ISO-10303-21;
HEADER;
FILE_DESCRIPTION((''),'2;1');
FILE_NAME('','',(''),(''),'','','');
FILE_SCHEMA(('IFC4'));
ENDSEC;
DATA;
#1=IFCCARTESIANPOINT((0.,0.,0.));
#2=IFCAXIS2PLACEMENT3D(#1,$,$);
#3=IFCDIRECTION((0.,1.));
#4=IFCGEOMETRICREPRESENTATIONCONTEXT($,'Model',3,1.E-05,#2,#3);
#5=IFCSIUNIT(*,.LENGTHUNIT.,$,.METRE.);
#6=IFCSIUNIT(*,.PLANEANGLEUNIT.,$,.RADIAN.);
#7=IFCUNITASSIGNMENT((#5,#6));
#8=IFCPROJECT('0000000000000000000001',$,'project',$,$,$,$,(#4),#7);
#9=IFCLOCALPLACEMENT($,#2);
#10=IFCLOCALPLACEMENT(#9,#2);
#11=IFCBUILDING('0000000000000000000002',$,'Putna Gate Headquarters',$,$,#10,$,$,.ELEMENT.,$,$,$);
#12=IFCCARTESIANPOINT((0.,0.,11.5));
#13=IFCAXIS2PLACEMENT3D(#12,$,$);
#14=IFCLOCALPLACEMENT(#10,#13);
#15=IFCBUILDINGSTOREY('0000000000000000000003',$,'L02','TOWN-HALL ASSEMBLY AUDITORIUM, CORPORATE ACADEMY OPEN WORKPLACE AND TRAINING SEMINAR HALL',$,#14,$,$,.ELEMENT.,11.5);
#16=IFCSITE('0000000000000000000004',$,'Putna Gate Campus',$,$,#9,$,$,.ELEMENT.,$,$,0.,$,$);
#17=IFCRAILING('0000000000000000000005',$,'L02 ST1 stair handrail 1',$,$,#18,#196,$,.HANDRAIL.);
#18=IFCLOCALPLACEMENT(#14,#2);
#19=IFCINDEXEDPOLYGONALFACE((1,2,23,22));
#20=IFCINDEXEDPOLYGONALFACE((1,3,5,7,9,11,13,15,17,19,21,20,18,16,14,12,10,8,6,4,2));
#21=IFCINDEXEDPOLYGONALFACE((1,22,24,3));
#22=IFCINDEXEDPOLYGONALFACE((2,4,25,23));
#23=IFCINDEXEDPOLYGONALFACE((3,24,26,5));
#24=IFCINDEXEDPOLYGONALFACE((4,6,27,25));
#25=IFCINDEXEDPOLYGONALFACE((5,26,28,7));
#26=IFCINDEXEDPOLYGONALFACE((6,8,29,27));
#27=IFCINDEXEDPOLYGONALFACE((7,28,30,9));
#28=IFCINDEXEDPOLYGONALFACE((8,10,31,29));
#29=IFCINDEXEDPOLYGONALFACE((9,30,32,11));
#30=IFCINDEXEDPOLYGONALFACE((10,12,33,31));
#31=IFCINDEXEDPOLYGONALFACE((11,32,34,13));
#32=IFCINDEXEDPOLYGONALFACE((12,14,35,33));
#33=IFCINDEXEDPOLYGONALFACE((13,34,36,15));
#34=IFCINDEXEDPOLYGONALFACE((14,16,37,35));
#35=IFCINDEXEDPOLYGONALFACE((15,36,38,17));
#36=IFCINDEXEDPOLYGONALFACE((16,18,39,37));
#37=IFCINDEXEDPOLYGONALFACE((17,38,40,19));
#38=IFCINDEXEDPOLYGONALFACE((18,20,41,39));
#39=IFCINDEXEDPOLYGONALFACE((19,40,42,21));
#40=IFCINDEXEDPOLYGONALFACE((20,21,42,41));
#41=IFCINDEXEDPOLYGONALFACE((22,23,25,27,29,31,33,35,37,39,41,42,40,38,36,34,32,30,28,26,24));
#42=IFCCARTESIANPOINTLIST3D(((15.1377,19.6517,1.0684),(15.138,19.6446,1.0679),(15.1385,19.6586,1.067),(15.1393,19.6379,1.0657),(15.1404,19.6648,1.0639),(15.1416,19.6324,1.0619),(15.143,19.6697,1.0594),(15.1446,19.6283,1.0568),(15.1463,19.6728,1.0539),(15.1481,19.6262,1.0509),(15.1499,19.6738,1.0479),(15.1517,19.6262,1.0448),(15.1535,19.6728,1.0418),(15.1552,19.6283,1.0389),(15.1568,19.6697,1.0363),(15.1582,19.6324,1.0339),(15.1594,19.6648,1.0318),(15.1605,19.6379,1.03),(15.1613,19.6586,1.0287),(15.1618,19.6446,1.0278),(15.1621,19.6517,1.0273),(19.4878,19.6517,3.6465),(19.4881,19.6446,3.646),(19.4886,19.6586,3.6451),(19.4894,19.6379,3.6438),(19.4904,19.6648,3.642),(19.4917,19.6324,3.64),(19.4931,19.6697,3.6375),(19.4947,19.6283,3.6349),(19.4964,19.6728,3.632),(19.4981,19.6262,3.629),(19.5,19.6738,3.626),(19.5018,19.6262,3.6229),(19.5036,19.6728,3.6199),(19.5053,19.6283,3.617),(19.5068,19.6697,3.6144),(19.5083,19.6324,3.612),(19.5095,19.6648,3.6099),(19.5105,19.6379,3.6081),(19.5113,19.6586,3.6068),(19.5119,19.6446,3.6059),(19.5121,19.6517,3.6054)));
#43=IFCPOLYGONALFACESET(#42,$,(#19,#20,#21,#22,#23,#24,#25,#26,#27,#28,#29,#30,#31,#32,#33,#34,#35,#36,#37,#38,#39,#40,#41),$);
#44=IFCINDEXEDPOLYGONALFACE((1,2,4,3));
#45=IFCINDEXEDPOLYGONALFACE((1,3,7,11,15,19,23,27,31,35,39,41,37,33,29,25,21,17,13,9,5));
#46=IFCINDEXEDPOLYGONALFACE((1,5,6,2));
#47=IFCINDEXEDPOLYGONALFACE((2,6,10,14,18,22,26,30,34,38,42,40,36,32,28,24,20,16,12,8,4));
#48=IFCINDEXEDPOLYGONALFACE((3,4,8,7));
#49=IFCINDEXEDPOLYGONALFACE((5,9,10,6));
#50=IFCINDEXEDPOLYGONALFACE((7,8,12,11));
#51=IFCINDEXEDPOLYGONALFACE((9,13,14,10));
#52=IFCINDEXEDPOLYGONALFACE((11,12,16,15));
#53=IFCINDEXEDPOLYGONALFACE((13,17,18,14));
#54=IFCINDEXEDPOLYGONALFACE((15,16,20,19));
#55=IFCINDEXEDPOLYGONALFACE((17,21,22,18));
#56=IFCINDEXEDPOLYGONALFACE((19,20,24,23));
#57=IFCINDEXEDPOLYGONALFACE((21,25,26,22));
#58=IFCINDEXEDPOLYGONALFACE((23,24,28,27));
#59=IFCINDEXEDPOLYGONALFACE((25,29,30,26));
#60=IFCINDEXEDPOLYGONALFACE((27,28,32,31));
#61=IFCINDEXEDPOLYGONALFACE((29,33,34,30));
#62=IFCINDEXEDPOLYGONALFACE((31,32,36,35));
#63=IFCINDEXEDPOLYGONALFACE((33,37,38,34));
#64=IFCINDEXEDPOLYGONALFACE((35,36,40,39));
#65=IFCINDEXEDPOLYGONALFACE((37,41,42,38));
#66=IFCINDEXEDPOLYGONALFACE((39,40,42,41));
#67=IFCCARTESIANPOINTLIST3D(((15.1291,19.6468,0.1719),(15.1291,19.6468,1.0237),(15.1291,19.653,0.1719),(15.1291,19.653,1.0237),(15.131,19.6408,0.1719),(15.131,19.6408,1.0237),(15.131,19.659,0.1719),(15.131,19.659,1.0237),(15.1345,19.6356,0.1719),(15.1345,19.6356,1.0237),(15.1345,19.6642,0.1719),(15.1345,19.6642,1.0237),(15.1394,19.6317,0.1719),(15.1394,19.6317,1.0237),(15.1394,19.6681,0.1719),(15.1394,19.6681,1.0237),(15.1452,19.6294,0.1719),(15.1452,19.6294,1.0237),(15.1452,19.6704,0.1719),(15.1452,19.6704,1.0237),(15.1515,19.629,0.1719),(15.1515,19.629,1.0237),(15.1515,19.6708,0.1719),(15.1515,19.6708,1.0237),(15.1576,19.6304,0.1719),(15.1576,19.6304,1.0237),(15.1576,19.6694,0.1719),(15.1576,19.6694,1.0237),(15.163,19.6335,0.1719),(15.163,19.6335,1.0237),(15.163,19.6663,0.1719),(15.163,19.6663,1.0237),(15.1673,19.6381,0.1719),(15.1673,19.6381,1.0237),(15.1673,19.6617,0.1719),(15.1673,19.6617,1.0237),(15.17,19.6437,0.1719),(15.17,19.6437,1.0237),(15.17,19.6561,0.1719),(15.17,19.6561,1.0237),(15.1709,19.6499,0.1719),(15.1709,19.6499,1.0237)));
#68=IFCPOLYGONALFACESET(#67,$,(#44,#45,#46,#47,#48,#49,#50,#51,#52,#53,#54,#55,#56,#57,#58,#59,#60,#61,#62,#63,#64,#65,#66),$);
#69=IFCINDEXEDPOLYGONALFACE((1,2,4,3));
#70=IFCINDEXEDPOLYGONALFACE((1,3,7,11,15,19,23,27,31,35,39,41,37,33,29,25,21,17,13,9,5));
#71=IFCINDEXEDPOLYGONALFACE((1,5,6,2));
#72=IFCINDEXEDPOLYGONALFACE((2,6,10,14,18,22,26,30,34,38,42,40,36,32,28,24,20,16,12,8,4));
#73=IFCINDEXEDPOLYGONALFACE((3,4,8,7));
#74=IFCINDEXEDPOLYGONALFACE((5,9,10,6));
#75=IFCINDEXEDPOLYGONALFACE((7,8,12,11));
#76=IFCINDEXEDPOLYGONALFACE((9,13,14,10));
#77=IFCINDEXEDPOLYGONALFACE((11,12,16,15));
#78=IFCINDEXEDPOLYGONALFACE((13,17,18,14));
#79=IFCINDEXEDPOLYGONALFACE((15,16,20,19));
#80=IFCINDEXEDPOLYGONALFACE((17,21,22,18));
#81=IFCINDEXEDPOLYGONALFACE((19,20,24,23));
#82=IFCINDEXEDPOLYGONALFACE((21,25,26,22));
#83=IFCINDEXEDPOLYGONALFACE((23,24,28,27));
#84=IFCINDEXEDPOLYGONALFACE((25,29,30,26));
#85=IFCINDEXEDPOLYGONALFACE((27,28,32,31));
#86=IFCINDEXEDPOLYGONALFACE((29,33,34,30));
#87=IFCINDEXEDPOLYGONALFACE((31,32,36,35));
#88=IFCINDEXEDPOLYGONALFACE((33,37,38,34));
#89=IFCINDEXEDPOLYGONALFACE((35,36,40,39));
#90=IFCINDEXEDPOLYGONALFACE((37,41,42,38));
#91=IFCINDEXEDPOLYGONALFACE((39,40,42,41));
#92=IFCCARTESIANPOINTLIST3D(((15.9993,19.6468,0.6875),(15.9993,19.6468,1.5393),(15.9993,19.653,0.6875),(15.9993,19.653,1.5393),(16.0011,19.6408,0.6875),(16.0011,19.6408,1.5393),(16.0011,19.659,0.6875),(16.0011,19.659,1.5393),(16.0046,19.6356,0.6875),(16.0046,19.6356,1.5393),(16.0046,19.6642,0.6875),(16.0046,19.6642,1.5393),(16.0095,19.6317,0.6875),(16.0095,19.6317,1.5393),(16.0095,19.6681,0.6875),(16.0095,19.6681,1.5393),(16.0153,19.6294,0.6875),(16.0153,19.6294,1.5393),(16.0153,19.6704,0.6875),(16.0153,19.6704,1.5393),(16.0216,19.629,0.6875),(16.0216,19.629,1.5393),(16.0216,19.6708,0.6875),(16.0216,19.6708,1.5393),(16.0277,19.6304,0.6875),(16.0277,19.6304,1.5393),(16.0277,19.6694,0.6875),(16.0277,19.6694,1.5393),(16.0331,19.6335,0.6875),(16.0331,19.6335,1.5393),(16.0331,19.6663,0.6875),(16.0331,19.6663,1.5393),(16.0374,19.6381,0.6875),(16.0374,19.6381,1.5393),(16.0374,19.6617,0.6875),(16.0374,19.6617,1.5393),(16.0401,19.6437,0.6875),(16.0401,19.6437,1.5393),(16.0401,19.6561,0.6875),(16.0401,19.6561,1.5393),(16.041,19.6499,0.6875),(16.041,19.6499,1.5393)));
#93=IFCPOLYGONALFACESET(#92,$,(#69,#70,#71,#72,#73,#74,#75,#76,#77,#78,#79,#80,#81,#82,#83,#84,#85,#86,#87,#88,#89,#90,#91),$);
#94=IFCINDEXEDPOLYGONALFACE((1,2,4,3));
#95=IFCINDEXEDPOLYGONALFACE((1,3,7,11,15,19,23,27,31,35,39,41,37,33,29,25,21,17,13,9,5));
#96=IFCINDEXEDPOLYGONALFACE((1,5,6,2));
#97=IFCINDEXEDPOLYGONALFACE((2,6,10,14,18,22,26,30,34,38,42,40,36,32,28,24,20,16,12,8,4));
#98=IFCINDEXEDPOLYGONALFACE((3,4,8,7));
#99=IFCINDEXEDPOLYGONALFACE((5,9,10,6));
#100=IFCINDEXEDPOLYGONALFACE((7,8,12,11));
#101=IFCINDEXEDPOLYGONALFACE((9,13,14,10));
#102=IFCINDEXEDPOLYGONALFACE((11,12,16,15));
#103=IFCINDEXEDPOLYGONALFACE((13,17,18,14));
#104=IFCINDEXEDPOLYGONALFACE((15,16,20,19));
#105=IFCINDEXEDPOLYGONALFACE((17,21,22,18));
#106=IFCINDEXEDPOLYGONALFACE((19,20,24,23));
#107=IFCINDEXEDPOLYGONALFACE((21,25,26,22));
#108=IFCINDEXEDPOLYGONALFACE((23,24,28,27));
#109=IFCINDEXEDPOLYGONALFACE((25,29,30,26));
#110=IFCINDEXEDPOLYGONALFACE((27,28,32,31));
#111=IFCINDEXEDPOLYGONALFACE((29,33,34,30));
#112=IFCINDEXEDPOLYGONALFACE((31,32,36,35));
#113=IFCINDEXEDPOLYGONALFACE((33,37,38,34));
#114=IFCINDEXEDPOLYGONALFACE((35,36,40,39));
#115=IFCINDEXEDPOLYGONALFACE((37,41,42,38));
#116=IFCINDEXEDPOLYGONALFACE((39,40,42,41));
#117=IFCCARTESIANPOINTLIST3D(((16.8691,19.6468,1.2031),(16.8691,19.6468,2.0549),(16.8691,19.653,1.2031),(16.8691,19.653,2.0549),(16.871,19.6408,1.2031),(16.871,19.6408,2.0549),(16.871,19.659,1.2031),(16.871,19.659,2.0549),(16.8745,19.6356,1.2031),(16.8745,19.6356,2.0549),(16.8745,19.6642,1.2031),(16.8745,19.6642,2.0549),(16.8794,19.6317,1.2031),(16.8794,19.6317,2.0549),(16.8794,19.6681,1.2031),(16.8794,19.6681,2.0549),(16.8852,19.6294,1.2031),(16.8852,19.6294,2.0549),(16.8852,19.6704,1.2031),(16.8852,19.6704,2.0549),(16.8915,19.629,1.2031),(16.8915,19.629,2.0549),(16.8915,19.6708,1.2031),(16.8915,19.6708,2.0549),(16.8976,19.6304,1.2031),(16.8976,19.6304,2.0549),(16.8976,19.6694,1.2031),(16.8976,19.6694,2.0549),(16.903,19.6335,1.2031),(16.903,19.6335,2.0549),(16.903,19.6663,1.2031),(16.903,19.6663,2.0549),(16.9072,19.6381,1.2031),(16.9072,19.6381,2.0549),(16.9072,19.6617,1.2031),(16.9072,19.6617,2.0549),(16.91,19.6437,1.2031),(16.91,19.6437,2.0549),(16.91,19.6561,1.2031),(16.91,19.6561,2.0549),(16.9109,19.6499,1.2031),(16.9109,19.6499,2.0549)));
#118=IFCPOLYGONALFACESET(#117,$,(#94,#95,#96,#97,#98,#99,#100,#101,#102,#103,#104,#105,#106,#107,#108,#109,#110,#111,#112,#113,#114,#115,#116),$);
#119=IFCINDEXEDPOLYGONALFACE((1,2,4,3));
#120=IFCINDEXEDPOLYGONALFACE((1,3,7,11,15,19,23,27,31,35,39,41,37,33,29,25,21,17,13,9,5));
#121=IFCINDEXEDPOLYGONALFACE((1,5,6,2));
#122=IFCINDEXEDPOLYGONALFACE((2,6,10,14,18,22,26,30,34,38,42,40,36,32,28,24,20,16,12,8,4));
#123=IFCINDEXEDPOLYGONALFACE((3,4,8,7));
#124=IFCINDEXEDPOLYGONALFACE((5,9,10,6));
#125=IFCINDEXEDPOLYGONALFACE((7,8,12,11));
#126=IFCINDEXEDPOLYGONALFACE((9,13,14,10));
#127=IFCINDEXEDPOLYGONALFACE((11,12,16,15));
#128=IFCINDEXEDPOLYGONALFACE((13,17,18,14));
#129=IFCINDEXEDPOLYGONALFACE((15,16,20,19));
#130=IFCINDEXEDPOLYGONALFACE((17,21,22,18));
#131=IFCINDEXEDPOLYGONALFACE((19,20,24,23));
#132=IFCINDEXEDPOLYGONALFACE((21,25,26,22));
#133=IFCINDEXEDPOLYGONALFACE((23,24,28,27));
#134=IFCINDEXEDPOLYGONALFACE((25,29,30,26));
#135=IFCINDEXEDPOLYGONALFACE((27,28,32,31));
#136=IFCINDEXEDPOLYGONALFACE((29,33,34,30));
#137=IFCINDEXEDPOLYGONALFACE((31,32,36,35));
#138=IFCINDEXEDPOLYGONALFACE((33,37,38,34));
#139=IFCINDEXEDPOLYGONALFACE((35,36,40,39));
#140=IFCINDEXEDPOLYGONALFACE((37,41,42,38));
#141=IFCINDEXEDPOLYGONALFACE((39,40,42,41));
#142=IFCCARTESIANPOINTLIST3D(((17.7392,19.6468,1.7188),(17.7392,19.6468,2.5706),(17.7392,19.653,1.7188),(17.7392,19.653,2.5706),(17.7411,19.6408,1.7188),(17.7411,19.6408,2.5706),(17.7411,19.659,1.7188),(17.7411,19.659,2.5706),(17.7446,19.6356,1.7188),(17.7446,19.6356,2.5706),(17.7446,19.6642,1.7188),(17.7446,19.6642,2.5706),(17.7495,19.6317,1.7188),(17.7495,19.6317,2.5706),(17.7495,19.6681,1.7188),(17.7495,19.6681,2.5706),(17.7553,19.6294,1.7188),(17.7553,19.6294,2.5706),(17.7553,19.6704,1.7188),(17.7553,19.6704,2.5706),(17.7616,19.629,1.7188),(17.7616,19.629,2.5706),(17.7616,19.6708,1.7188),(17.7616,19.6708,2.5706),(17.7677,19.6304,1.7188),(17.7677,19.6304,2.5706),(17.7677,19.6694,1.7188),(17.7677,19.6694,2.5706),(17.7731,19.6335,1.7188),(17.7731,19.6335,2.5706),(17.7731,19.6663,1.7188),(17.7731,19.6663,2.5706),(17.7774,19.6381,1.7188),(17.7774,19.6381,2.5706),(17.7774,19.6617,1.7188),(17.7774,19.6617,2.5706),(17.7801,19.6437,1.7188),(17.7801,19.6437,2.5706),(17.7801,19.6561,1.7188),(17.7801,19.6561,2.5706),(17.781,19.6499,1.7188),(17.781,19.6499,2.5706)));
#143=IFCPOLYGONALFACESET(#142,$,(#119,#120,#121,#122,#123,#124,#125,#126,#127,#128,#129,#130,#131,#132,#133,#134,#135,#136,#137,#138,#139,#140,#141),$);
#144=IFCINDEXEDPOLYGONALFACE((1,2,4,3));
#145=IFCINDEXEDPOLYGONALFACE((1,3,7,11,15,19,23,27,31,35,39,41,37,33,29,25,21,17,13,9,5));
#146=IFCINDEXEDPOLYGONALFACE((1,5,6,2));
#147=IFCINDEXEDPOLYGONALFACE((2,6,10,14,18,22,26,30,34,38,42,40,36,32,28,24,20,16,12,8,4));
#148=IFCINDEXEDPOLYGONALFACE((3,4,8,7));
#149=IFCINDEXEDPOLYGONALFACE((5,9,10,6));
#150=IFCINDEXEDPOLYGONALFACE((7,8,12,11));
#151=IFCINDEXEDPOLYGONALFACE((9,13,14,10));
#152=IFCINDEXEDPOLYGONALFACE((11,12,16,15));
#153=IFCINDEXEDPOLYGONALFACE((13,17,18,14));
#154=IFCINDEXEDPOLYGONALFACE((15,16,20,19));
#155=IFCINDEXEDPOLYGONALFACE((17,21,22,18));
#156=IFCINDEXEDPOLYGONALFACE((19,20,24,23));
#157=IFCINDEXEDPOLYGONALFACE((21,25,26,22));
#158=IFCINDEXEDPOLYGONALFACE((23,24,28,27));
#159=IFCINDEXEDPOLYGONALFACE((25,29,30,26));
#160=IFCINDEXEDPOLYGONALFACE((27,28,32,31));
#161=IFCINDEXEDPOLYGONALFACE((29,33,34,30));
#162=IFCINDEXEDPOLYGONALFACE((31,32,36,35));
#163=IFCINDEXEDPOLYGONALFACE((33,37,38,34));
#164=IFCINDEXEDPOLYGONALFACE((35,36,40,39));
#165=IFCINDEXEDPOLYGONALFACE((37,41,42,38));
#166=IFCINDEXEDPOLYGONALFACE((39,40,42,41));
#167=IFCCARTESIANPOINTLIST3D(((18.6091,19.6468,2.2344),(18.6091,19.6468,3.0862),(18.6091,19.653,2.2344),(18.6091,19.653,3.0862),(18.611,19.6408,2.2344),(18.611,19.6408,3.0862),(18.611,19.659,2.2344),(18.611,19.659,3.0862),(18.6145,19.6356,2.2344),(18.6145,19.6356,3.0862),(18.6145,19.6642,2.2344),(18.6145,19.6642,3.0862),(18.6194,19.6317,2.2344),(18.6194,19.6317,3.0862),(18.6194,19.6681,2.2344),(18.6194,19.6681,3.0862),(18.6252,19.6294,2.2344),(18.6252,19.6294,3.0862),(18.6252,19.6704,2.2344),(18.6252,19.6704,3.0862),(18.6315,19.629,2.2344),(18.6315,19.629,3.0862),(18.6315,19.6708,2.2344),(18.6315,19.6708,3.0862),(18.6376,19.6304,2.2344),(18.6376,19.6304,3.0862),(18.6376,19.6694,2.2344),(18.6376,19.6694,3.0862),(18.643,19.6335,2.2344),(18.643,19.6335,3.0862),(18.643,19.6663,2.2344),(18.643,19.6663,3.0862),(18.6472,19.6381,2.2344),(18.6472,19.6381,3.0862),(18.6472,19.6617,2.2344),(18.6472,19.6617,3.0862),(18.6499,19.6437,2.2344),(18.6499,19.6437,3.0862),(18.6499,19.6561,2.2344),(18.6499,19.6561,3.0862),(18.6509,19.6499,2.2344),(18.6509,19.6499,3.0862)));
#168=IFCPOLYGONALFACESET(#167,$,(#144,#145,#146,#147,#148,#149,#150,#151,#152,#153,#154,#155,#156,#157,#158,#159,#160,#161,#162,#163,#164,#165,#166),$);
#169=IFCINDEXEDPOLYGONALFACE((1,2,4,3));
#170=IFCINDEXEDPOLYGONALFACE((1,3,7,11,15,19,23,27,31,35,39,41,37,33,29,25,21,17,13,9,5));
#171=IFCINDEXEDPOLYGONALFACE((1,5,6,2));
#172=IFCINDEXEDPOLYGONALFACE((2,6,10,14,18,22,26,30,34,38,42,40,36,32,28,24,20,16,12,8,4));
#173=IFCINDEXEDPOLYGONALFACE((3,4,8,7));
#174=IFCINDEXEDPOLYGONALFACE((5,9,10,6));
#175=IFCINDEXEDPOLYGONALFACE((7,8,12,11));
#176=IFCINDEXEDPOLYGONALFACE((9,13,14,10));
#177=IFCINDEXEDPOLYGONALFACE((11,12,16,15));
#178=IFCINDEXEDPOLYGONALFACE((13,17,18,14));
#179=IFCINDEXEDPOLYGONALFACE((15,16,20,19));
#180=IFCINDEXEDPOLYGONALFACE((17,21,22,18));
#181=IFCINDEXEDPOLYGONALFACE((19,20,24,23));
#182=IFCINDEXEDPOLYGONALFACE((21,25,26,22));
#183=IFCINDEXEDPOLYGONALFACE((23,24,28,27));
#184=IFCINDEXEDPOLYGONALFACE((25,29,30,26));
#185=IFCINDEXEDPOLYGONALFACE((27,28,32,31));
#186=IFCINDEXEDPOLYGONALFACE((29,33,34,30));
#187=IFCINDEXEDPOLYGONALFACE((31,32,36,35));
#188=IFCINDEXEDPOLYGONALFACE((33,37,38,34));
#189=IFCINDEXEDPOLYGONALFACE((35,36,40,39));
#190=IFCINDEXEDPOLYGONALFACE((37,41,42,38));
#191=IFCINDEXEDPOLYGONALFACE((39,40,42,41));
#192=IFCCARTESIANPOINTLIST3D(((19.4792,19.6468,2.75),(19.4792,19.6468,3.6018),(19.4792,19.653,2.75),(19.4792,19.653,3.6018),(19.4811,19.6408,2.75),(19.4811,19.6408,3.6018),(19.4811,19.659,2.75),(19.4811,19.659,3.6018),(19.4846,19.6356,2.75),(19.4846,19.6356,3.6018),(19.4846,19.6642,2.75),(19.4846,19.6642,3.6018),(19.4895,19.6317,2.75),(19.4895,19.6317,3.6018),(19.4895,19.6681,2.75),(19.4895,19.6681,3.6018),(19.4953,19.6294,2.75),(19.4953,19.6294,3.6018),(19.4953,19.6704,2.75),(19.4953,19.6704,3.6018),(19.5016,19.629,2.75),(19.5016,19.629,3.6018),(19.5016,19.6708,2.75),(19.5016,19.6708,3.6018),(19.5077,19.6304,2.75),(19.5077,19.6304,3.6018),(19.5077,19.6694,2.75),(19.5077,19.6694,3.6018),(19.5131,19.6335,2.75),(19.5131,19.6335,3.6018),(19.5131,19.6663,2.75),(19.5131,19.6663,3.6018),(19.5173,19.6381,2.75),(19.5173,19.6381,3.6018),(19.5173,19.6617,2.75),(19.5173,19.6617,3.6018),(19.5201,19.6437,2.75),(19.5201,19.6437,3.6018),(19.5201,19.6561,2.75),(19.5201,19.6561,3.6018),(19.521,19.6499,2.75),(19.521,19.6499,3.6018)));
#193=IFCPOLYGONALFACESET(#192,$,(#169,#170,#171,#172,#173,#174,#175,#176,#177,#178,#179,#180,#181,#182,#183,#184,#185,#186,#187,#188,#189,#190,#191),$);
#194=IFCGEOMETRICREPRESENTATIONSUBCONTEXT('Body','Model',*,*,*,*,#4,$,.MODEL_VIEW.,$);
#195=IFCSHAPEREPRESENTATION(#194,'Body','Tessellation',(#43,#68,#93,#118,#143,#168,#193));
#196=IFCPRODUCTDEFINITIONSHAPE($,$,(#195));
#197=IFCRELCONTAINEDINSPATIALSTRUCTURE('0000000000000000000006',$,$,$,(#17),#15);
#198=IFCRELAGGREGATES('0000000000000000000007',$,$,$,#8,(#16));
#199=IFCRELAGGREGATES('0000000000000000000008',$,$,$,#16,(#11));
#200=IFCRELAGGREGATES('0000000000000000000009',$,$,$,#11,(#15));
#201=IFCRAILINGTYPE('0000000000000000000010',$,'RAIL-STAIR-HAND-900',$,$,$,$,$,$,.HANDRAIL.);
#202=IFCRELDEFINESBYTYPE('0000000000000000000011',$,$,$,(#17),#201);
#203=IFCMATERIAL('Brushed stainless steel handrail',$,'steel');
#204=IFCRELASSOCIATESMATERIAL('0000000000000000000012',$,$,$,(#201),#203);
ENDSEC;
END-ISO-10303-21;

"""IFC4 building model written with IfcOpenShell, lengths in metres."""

from ifc_helpers import new_model, si_unit, direction, frame, origin, origin_2d, place, context, subcontext, project, spatial, circle, extrude, material, type_object, element, save


model = new_model("IFC4")

# Units and contexts
model_context = context("Model", 3, precision=1e-05, world=origin(), true_north=direction((0.0, 1.0)))
body_context = subcontext(model_context, "Body", "Model", "MODEL_VIEW")
ifc_project = project(units=[si_unit("LENGTHUNIT", "METRE"), si_unit("PLANEANGLEUNIT", "RADIAN")], contexts=[model_context])

# Site, building, storey
site_placement = place(None, origin())
site = spatial("IfcSite", under=ifc_project, at=site_placement, Name="Putna Gate Campus", CompositionType="ELEMENT", RefElevation=0.0)
building_placement = place(site_placement, origin())
building = spatial("IfcBuilding", under=site, at=building_placement, Name="Putna Gate Headquarters", CompositionType="ELEMENT")
storey_placement = place(building_placement, frame((0.0, 0.0, 11.5)))
storey = spatial("IfcBuildingStorey", under=building, at=storey_placement, Name="L02", Description="TOWN-HALL ASSEMBLY AUDITORIUM, CORPORATE ACADEMY OPEN WORKPLACE AND TRAINING SEMINAR HALL", CompositionType="ELEMENT", Elevation=11.5)

# Railing
ifc_material_1 = material(Name="Brushed stainless steel handrail", Category="steel")
railing_type_1 = type_object("IfcRailingType", Name="RAIL-STAIR-HAND-900", PredefinedType="HANDRAIL", material=ifc_material_1)
railing_1_placement = place(storey_placement, frame((15.1499, 19.6499, 0.1719)))
element("IfcRailing", 1, at=railing_1_placement, inside=storey, type_object=railing_type_1, Name="L02 ST1 stair handrail 1", PredefinedType="HANDRAIL", context=body_context, shape_type="SweptSolid", body=[
    extrude(circle(Radius=0.0239, at=origin_2d()), frame((0.0, 0.0, 0.876), z_axis=(0.860266, 0.0, 0.509845), x_axis=(0.0, 1.0, 0.0)), (0.0, 0.0, 1.0), 5.0566),
    extrude(circle(Radius=0.021, at=origin_2d()), origin(), (0.0, 0.0, 1.0), 0.8518),
    extrude(circle(Radius=0.021, at=origin_2d()), frame((0.8701, 0.0, 0.5156)), (0.0, 0.0, 1.0), 0.8518),
    extrude(circle(Radius=0.021, at=origin_2d()), frame((1.74, 0.0, 1.0312)), (0.0, 0.0, 1.0), 0.8518),
    extrude(circle(Radius=0.021, at=origin_2d()), frame((2.6101, 0.0, 1.5469)), (0.0, 0.0, 1.0), 0.8518),
    extrude(circle(Radius=0.021, at=origin_2d()), frame((3.48, 0.0, 2.0625)), (0.0, 0.0, 1.0), 0.8518),
    extrude(circle(Radius=0.021, at=origin_2d()), frame((4.3501, 0.0, 2.5781)), (0.0, 0.0, 1.0), 0.8518),
])

save(model, "model.ifc")
